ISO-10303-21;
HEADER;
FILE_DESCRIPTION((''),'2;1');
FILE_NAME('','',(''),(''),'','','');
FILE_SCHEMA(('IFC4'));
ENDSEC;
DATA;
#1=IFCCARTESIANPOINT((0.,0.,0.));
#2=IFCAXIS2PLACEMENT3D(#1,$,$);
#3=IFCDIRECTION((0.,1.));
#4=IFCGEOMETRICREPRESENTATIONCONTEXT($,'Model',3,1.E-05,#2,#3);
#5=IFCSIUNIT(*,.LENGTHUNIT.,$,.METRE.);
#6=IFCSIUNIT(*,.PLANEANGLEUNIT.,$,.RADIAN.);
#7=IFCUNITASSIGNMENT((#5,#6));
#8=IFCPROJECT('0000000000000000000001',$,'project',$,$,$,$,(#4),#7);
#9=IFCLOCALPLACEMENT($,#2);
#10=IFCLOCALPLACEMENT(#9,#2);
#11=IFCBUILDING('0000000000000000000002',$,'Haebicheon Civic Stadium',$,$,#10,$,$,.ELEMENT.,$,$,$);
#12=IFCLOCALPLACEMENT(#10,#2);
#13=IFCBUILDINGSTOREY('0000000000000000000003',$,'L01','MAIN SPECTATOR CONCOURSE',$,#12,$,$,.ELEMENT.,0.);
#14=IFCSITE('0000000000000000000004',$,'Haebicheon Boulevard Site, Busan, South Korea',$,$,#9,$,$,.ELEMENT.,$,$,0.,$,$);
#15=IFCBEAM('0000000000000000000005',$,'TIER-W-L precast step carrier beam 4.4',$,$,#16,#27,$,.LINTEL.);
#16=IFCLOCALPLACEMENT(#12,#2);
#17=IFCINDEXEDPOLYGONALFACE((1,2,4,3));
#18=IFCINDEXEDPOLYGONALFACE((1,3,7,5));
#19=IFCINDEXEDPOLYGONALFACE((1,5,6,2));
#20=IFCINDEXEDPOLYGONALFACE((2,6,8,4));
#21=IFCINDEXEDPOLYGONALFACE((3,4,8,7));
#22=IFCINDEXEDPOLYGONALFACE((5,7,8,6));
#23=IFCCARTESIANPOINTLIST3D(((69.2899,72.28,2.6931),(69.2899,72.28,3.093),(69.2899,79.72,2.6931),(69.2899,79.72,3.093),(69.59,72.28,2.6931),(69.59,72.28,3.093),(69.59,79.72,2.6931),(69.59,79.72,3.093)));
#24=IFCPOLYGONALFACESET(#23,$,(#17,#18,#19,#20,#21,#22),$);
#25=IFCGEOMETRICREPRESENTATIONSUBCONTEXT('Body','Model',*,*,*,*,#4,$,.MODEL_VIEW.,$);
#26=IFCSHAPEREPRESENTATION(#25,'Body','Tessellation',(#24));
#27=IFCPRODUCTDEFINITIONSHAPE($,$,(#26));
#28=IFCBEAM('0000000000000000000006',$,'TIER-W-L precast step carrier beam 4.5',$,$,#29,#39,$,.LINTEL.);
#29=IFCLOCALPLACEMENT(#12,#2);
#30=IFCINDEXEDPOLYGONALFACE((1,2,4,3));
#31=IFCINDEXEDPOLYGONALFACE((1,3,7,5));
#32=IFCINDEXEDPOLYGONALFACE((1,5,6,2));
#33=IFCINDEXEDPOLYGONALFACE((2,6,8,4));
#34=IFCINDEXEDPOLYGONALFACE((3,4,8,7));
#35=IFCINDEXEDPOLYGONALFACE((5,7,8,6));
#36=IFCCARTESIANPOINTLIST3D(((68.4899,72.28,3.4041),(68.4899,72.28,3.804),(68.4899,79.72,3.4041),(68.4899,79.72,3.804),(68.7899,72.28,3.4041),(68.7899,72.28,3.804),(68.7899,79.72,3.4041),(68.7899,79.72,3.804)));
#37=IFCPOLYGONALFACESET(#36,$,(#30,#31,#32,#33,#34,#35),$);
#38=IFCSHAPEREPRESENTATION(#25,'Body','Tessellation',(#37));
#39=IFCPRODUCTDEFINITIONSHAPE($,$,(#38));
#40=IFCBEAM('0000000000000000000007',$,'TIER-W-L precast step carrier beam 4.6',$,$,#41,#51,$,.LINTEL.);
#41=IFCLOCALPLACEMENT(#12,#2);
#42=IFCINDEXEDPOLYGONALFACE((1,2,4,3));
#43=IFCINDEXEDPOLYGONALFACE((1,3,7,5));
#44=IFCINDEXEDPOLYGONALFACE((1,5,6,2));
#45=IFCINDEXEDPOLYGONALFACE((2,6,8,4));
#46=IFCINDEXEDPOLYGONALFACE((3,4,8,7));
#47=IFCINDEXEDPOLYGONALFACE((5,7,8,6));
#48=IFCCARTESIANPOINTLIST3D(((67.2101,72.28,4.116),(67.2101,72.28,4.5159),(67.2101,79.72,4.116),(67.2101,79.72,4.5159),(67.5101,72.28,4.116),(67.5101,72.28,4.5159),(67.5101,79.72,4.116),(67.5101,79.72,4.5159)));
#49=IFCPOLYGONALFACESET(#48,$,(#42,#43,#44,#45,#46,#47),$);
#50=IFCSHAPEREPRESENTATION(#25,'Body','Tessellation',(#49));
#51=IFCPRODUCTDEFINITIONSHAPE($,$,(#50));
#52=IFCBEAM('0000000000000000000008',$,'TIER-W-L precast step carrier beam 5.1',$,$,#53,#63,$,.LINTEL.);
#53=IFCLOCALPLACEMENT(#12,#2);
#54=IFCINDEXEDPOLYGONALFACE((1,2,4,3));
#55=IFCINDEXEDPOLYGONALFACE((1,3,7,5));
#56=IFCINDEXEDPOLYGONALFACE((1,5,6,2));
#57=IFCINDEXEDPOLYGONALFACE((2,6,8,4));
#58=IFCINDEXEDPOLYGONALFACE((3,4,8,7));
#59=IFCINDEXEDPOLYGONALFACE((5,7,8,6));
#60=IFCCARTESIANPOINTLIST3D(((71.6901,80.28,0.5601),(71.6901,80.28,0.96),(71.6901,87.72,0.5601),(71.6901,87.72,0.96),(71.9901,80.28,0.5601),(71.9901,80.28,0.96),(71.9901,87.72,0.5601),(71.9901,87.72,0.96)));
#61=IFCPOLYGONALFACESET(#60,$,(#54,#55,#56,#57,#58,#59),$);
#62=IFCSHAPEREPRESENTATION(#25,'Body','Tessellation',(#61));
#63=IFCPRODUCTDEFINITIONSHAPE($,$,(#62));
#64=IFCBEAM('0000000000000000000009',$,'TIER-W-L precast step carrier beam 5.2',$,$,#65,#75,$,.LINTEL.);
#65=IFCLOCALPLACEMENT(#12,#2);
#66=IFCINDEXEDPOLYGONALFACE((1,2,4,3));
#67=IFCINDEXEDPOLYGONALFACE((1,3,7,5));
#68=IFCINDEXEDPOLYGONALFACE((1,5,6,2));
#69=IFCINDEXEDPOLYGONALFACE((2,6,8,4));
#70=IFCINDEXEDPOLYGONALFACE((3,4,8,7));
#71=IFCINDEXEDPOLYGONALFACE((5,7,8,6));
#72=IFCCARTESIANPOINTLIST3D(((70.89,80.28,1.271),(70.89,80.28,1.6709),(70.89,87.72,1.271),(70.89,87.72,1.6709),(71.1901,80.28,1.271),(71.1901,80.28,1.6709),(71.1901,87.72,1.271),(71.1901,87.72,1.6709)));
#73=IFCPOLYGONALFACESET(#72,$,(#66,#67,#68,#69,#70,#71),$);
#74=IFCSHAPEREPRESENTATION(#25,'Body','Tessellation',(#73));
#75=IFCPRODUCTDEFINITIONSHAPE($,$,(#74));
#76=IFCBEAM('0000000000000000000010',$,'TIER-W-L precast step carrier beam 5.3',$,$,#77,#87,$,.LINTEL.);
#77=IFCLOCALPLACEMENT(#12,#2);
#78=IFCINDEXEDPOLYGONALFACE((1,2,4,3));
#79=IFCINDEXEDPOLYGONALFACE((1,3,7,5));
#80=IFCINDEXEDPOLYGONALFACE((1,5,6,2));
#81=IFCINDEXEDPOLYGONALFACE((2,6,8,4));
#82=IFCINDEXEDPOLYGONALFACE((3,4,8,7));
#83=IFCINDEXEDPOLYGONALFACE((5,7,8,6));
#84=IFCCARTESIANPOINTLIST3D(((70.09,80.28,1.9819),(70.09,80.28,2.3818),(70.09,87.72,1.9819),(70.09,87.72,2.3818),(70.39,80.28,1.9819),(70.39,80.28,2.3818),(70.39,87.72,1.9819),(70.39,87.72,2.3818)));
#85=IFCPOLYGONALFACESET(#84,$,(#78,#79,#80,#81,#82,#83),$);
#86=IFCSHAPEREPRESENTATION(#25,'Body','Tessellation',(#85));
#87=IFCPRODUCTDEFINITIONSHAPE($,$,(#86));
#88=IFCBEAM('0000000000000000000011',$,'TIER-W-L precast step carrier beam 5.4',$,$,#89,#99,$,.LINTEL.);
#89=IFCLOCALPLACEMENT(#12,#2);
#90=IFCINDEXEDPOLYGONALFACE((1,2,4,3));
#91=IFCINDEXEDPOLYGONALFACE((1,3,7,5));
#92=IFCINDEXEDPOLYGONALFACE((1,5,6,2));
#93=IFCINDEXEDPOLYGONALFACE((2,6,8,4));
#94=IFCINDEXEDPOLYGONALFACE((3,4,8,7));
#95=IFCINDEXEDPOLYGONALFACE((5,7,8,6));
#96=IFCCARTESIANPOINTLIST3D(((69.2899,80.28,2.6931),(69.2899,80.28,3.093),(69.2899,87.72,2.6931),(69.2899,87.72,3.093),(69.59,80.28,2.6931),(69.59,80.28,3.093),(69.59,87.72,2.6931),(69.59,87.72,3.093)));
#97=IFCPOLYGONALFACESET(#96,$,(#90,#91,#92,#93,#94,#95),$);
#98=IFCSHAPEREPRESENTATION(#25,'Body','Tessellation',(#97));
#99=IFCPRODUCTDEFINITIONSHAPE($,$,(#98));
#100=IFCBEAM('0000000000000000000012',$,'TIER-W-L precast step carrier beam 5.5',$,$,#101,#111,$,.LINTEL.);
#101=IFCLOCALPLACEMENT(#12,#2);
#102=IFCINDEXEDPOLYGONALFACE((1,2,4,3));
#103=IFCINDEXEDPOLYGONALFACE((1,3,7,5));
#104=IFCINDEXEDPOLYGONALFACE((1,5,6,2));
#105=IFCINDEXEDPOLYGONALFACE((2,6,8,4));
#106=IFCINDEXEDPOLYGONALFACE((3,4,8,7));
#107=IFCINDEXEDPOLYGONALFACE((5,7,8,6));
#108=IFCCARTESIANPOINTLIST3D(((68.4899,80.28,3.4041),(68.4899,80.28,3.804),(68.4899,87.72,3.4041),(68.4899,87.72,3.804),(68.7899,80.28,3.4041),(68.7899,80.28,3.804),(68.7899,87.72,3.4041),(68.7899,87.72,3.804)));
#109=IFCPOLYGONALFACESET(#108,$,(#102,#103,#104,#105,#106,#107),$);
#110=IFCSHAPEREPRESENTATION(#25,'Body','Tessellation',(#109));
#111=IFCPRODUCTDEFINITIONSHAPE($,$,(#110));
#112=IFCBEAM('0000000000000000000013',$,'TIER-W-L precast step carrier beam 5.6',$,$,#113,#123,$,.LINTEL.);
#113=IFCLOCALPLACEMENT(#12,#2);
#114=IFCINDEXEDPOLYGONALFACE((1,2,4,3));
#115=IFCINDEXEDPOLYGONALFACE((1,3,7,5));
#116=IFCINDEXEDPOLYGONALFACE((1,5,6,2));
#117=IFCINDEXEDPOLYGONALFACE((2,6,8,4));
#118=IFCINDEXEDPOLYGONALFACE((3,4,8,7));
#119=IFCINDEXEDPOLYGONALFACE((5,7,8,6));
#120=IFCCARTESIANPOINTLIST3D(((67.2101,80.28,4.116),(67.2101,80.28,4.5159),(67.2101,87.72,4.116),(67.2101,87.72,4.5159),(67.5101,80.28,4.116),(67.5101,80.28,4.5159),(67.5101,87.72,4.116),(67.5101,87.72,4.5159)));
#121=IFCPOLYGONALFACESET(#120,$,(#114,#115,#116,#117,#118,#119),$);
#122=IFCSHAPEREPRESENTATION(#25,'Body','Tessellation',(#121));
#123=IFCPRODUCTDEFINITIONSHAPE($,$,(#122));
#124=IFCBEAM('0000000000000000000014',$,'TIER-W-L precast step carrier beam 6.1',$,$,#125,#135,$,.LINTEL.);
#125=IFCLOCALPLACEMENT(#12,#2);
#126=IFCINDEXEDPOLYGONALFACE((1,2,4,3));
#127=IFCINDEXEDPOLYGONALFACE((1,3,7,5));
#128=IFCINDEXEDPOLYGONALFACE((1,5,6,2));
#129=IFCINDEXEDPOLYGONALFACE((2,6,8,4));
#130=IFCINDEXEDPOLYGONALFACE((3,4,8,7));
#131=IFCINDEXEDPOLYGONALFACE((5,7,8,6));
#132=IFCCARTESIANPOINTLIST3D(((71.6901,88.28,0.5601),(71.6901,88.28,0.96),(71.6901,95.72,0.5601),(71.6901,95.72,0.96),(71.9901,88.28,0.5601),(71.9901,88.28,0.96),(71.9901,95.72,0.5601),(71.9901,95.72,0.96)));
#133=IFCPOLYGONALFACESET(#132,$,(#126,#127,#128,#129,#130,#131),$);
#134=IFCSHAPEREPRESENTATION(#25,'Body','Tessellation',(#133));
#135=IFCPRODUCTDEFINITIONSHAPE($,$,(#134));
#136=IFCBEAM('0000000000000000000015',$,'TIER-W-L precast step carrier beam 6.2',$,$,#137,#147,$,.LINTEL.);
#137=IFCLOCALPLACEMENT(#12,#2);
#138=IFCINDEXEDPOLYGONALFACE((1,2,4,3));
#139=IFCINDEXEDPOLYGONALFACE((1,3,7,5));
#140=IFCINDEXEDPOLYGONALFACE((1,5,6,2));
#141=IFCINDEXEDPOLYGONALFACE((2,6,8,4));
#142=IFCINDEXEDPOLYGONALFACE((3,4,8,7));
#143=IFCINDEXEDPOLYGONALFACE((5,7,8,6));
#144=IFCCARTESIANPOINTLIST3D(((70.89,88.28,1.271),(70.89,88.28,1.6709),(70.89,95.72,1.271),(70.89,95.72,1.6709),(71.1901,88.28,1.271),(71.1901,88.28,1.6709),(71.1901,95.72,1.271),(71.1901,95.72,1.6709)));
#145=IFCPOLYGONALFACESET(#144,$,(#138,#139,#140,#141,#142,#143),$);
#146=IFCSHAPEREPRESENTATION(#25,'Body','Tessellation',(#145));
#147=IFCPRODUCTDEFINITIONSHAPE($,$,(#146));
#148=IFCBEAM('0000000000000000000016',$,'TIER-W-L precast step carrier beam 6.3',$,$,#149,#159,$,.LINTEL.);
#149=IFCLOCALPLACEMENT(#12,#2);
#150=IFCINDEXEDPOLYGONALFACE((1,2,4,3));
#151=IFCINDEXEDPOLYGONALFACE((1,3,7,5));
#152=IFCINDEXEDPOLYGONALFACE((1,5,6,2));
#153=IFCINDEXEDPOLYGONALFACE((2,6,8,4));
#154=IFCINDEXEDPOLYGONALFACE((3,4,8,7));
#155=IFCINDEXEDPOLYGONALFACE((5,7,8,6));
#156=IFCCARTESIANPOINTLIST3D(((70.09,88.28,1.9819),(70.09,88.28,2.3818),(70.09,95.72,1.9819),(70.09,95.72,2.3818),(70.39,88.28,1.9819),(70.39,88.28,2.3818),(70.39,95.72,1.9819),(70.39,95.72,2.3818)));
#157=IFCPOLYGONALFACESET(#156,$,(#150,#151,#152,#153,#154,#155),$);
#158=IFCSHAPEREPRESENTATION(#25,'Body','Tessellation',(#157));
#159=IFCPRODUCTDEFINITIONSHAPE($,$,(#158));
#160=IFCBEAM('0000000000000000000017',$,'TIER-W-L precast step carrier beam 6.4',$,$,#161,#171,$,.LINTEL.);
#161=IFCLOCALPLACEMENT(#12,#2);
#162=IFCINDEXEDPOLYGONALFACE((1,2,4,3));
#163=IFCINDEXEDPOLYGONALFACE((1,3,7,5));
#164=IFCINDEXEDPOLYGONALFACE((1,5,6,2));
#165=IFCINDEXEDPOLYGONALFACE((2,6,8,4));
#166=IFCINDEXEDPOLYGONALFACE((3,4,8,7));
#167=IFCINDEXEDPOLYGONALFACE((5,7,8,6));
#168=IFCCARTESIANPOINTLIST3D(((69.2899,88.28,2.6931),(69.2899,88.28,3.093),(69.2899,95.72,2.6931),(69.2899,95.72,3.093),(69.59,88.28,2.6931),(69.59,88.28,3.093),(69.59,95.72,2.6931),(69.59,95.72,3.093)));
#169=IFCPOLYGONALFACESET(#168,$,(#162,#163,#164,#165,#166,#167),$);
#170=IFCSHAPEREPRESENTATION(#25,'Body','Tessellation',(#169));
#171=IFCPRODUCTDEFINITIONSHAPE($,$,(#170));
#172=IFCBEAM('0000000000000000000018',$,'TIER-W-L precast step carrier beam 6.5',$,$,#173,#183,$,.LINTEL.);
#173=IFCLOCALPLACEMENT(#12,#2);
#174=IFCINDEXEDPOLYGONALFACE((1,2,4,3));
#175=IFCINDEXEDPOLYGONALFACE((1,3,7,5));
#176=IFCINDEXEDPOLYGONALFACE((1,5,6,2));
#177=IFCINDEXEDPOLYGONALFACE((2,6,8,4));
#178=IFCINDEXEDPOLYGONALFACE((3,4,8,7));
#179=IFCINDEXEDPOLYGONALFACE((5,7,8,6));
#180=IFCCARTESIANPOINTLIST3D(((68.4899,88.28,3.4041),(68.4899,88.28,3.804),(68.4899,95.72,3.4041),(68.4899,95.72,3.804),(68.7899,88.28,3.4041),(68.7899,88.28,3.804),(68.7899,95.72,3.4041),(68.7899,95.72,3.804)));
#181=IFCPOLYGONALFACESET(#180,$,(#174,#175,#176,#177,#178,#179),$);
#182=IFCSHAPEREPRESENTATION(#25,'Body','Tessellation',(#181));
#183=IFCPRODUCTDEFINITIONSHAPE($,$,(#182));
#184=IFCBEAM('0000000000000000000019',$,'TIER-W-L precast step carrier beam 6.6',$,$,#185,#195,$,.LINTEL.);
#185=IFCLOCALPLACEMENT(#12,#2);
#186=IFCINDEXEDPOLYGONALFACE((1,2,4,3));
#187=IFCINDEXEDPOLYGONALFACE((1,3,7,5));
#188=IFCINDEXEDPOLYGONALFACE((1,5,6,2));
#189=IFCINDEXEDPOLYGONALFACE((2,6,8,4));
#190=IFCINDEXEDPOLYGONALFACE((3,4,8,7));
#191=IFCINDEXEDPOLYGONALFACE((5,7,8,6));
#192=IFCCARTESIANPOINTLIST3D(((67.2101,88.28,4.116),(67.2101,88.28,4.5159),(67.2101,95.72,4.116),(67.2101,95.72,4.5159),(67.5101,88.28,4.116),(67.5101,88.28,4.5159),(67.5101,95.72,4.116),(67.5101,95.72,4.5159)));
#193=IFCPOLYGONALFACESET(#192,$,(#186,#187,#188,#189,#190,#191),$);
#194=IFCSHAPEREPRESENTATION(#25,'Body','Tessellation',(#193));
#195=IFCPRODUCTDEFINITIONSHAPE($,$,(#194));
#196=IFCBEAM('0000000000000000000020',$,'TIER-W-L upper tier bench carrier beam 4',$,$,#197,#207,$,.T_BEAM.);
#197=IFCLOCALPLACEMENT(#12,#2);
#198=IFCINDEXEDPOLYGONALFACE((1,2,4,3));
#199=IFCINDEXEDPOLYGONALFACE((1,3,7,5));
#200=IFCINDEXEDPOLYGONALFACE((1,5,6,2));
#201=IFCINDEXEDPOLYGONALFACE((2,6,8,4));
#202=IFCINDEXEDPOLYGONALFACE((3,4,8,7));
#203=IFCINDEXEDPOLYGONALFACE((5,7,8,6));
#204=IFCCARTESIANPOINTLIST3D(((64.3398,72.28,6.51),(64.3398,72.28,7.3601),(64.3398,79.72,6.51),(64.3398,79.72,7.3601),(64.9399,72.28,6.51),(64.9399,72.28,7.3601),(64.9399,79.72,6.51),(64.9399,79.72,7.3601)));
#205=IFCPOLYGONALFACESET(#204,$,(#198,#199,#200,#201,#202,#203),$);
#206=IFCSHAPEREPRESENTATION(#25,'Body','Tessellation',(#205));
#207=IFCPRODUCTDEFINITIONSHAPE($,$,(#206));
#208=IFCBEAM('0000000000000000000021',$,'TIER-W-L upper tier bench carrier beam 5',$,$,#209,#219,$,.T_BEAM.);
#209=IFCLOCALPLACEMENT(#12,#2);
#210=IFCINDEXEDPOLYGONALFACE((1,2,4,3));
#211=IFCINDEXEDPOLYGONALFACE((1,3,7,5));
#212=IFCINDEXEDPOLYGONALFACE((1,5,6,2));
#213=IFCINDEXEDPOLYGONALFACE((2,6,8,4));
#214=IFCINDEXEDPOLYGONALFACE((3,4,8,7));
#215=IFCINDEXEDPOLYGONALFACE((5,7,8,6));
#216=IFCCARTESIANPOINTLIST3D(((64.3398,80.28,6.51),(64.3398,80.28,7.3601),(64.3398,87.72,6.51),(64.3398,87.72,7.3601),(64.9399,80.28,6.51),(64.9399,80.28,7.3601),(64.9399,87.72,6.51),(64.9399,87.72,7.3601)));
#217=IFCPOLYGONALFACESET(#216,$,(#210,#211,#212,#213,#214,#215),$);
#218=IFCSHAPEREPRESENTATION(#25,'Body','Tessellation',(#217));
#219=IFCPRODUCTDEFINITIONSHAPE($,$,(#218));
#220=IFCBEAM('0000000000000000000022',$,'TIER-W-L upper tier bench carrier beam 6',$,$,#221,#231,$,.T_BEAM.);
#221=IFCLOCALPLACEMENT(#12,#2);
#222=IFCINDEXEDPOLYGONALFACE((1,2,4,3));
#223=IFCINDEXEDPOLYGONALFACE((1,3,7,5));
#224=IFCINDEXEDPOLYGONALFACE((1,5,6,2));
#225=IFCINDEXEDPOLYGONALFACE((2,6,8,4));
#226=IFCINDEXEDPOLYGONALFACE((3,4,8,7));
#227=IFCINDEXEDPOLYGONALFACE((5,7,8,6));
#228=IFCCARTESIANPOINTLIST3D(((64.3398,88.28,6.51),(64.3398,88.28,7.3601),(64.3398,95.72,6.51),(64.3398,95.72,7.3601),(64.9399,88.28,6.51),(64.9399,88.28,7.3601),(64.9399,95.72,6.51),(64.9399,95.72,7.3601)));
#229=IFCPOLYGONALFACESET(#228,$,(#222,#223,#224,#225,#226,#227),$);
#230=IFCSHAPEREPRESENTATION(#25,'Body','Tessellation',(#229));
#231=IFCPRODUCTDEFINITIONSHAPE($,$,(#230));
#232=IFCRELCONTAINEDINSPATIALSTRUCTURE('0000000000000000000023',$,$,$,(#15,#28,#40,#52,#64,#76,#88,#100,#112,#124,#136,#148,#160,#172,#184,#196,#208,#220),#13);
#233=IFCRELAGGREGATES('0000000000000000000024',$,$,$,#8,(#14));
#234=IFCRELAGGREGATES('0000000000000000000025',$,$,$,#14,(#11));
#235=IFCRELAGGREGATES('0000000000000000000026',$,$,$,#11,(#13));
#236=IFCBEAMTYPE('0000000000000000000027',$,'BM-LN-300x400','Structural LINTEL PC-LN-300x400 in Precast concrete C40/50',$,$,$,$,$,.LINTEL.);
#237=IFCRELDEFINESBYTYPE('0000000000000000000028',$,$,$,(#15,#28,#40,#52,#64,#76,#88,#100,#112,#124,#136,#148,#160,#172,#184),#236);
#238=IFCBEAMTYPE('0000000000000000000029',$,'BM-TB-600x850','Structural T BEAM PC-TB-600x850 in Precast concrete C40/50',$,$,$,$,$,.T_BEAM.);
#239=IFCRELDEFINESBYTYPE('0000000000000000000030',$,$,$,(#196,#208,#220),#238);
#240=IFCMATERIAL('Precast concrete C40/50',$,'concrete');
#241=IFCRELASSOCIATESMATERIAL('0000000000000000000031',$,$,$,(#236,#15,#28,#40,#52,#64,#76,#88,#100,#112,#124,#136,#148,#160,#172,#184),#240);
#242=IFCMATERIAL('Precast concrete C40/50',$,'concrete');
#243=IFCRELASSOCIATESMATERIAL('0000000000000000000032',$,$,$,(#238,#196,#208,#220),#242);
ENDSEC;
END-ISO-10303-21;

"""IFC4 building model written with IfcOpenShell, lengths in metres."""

from ifc_helpers import new_model, si_unit, direction, frame, origin, origin_2d, place, context, subcontext, project, spatial, rectangle, extrude, material, material_profile, profile_set, type_object, element, save


model = new_model("IFC4")

# Units and contexts
model_context = context("Model", 3, precision=1e-05, world=origin(), true_north=direction((0.0, 1.0)))
body_context = subcontext(model_context, "Body", "Model", "MODEL_VIEW")
ifc_project = project(units=[si_unit("LENGTHUNIT", "METRE"), si_unit("PLANEANGLEUNIT", "RADIAN")], contexts=[model_context])

# Site, building, storey
site_placement = place(None, origin())
site = spatial("IfcSite", under=ifc_project, at=site_placement, Name="Haebicheon Boulevard Site, Busan, South Korea", CompositionType="ELEMENT", RefElevation=0.0)
building_placement = place(site_placement, origin())
building = spatial("IfcBuilding", under=site, at=building_placement, Name="Haebicheon Civic Stadium", CompositionType="ELEMENT")
storey_placement = place(building_placement, origin())
storey = spatial("IfcBuildingStorey", under=building, at=storey_placement, Name="L01", Description="MAIN SPECTATOR CONCOURSE", CompositionType="ELEMENT", Elevation=0.0)

# Beams
ifc_material_1 = material(Name="Precast concrete C40/50", Category="concrete")
ifc_material_profile_1 = material_profile(ifc_material_1, rectangle(XDim=0.3, YDim=0.3999, at=origin_2d()), Name="PC-LN-300x400")
ifc_profile_set_1 = profile_set([ifc_material_profile_1], Name="Precast concrete C40/50")
beam_type_1 = type_object("IfcBeamType", Name="BM-LN-300x400", Description="Structural LINTEL PC-LN-300x400 in Precast concrete C40/50", PredefinedType="LINTEL", material=ifc_profile_set_1)
for number, where, z_axis, x_axis, name in (
    (1, (69.4399, 72.28, 2.8931), (0.0, 1.0, 0.0), (-1.0, 0.0, 0.0), "TIER-W-L precast step carrier beam 4.4"),
    (2, (68.6399, 72.28, 3.604), (0.0, 1.0, 0.0), (-1.0, 0.0, 0.0), "TIER-W-L precast step carrier beam 4.5"),
    (3, (67.3601, 72.28, 4.3159), (0.0, 1.0, 0.0), (-1.0, 0.0, 0.0), "TIER-W-L precast step carrier beam 4.6"),
    (4, (71.8401, 80.28, 0.76), (0.0, 1.0, 0.0), (-1.0, 0.0, 0.0), "TIER-W-L precast step carrier beam 5.1"),
    (5, (71.04, 80.28, 1.4709), (0.0, 1.0, 0.0), (-1.0, 0.0, 0.0), "TIER-W-L precast step carrier beam 5.2"),
    (6, (70.24, 80.28, 2.1819), (0.0, 1.0, 0.0), (-1.0, 0.0, 0.0), "TIER-W-L precast step carrier beam 5.3"),
    (7, (69.4399, 80.28, 2.8931), (0.0, 1.0, 0.0), (-1.0, 0.0, 0.0), "TIER-W-L precast step carrier beam 5.4"),
    (8, (68.6399, 80.28, 3.604), (0.0, 1.0, 0.0), (-1.0, 0.0, 0.0), "TIER-W-L precast step carrier beam 5.5"),
    (9, (67.3601, 80.28, 4.3159), (0.0, 1.0, 0.0), (-1.0, 0.0, 0.0), "TIER-W-L precast step carrier beam 5.6"),
    (10, (71.8401, 88.28, 0.76), (0.0, 1.0, 0.0), (-1.0, 0.0, 0.0), "TIER-W-L precast step carrier beam 6.1"),
    (11, (71.04, 88.28, 1.4709), (0.0, 1.0, 0.0), (-1.0, 0.0, 0.0), "TIER-W-L precast step carrier beam 6.2"),
    (12, (70.24, 88.28, 2.1819), (0.0, 1.0, 0.0), (-1.0, 0.0, 0.0), "TIER-W-L precast step carrier beam 6.3"),
    (13, (69.4399, 88.28, 2.8931), (0.0, 1.0, 0.0), (-1.0, 0.0, 0.0), "TIER-W-L precast step carrier beam 6.4"),
    (14, (68.6399, 88.28, 3.604), (0.0, 1.0, 0.0), (-1.0, 0.0, 0.0), "TIER-W-L precast step carrier beam 6.5"),
    (15, (67.3601, 88.28, 4.3159), (0.0, 1.0, 0.0), (-1.0, 0.0, 0.0), "TIER-W-L precast step carrier beam 6.6"),
):
    element("IfcBeam", number, at=place(storey_placement, frame(where, z_axis=z_axis, x_axis=x_axis)), inside=storey, type_object=beam_type_1, material=ifc_profile_set_1, Name=name, PredefinedType="LINTEL", context=body_context, shape_type="SweptSolid", body=[
        extrude(rectangle(XDim=0.3, YDim=0.3999, at=origin_2d()), origin(), (0.0, 0.0, 1.0), 7.4399),
    ])
ifc_material_2 = material(Name="Precast concrete C40/50", Category="concrete")
ifc_material_profile_2 = material_profile(ifc_material_2, rectangle(XDim=0.6001, YDim=0.8501, at=origin_2d()), Name="PC-TB-600x850")
ifc_profile_set_2 = profile_set([ifc_material_profile_2], Name="Precast concrete C40/50")
beam_type_2 = type_object("IfcBeamType", Name="BM-TB-600x850", Description="Structural T BEAM PC-TB-600x850 in Precast concrete C40/50", PredefinedType="T_BEAM", material=ifc_profile_set_2)
for number, where, z_axis, x_axis, name in (
    (16, (64.6399, 72.28, 6.9351), (0.0, 1.0, 0.0), (-1.0, 0.0, 0.0), "TIER-W-L upper tier bench carrier beam 4"),
    (17, (64.6399, 80.28, 6.9351), (0.0, 1.0, 0.0), (-1.0, 0.0, 0.0), "TIER-W-L upper tier bench carrier beam 5"),
    (18, (64.6399, 88.28, 6.9351), (0.0, 1.0, 0.0), (-1.0, 0.0, 0.0), "TIER-W-L upper tier bench carrier beam 6"),
):
    element("IfcBeam", number, at=place(storey_placement, frame(where, z_axis=z_axis, x_axis=x_axis)), inside=storey, type_object=beam_type_2, material=ifc_profile_set_2, Name=name, PredefinedType="T_BEAM", context=body_context, shape_type="SweptSolid", body=[
        extrude(rectangle(XDim=0.6001, YDim=0.8501, at=origin_2d()), origin(), (0.0, 0.0, 1.0), 7.4399),
    ])

save(model, "model.ifc")
